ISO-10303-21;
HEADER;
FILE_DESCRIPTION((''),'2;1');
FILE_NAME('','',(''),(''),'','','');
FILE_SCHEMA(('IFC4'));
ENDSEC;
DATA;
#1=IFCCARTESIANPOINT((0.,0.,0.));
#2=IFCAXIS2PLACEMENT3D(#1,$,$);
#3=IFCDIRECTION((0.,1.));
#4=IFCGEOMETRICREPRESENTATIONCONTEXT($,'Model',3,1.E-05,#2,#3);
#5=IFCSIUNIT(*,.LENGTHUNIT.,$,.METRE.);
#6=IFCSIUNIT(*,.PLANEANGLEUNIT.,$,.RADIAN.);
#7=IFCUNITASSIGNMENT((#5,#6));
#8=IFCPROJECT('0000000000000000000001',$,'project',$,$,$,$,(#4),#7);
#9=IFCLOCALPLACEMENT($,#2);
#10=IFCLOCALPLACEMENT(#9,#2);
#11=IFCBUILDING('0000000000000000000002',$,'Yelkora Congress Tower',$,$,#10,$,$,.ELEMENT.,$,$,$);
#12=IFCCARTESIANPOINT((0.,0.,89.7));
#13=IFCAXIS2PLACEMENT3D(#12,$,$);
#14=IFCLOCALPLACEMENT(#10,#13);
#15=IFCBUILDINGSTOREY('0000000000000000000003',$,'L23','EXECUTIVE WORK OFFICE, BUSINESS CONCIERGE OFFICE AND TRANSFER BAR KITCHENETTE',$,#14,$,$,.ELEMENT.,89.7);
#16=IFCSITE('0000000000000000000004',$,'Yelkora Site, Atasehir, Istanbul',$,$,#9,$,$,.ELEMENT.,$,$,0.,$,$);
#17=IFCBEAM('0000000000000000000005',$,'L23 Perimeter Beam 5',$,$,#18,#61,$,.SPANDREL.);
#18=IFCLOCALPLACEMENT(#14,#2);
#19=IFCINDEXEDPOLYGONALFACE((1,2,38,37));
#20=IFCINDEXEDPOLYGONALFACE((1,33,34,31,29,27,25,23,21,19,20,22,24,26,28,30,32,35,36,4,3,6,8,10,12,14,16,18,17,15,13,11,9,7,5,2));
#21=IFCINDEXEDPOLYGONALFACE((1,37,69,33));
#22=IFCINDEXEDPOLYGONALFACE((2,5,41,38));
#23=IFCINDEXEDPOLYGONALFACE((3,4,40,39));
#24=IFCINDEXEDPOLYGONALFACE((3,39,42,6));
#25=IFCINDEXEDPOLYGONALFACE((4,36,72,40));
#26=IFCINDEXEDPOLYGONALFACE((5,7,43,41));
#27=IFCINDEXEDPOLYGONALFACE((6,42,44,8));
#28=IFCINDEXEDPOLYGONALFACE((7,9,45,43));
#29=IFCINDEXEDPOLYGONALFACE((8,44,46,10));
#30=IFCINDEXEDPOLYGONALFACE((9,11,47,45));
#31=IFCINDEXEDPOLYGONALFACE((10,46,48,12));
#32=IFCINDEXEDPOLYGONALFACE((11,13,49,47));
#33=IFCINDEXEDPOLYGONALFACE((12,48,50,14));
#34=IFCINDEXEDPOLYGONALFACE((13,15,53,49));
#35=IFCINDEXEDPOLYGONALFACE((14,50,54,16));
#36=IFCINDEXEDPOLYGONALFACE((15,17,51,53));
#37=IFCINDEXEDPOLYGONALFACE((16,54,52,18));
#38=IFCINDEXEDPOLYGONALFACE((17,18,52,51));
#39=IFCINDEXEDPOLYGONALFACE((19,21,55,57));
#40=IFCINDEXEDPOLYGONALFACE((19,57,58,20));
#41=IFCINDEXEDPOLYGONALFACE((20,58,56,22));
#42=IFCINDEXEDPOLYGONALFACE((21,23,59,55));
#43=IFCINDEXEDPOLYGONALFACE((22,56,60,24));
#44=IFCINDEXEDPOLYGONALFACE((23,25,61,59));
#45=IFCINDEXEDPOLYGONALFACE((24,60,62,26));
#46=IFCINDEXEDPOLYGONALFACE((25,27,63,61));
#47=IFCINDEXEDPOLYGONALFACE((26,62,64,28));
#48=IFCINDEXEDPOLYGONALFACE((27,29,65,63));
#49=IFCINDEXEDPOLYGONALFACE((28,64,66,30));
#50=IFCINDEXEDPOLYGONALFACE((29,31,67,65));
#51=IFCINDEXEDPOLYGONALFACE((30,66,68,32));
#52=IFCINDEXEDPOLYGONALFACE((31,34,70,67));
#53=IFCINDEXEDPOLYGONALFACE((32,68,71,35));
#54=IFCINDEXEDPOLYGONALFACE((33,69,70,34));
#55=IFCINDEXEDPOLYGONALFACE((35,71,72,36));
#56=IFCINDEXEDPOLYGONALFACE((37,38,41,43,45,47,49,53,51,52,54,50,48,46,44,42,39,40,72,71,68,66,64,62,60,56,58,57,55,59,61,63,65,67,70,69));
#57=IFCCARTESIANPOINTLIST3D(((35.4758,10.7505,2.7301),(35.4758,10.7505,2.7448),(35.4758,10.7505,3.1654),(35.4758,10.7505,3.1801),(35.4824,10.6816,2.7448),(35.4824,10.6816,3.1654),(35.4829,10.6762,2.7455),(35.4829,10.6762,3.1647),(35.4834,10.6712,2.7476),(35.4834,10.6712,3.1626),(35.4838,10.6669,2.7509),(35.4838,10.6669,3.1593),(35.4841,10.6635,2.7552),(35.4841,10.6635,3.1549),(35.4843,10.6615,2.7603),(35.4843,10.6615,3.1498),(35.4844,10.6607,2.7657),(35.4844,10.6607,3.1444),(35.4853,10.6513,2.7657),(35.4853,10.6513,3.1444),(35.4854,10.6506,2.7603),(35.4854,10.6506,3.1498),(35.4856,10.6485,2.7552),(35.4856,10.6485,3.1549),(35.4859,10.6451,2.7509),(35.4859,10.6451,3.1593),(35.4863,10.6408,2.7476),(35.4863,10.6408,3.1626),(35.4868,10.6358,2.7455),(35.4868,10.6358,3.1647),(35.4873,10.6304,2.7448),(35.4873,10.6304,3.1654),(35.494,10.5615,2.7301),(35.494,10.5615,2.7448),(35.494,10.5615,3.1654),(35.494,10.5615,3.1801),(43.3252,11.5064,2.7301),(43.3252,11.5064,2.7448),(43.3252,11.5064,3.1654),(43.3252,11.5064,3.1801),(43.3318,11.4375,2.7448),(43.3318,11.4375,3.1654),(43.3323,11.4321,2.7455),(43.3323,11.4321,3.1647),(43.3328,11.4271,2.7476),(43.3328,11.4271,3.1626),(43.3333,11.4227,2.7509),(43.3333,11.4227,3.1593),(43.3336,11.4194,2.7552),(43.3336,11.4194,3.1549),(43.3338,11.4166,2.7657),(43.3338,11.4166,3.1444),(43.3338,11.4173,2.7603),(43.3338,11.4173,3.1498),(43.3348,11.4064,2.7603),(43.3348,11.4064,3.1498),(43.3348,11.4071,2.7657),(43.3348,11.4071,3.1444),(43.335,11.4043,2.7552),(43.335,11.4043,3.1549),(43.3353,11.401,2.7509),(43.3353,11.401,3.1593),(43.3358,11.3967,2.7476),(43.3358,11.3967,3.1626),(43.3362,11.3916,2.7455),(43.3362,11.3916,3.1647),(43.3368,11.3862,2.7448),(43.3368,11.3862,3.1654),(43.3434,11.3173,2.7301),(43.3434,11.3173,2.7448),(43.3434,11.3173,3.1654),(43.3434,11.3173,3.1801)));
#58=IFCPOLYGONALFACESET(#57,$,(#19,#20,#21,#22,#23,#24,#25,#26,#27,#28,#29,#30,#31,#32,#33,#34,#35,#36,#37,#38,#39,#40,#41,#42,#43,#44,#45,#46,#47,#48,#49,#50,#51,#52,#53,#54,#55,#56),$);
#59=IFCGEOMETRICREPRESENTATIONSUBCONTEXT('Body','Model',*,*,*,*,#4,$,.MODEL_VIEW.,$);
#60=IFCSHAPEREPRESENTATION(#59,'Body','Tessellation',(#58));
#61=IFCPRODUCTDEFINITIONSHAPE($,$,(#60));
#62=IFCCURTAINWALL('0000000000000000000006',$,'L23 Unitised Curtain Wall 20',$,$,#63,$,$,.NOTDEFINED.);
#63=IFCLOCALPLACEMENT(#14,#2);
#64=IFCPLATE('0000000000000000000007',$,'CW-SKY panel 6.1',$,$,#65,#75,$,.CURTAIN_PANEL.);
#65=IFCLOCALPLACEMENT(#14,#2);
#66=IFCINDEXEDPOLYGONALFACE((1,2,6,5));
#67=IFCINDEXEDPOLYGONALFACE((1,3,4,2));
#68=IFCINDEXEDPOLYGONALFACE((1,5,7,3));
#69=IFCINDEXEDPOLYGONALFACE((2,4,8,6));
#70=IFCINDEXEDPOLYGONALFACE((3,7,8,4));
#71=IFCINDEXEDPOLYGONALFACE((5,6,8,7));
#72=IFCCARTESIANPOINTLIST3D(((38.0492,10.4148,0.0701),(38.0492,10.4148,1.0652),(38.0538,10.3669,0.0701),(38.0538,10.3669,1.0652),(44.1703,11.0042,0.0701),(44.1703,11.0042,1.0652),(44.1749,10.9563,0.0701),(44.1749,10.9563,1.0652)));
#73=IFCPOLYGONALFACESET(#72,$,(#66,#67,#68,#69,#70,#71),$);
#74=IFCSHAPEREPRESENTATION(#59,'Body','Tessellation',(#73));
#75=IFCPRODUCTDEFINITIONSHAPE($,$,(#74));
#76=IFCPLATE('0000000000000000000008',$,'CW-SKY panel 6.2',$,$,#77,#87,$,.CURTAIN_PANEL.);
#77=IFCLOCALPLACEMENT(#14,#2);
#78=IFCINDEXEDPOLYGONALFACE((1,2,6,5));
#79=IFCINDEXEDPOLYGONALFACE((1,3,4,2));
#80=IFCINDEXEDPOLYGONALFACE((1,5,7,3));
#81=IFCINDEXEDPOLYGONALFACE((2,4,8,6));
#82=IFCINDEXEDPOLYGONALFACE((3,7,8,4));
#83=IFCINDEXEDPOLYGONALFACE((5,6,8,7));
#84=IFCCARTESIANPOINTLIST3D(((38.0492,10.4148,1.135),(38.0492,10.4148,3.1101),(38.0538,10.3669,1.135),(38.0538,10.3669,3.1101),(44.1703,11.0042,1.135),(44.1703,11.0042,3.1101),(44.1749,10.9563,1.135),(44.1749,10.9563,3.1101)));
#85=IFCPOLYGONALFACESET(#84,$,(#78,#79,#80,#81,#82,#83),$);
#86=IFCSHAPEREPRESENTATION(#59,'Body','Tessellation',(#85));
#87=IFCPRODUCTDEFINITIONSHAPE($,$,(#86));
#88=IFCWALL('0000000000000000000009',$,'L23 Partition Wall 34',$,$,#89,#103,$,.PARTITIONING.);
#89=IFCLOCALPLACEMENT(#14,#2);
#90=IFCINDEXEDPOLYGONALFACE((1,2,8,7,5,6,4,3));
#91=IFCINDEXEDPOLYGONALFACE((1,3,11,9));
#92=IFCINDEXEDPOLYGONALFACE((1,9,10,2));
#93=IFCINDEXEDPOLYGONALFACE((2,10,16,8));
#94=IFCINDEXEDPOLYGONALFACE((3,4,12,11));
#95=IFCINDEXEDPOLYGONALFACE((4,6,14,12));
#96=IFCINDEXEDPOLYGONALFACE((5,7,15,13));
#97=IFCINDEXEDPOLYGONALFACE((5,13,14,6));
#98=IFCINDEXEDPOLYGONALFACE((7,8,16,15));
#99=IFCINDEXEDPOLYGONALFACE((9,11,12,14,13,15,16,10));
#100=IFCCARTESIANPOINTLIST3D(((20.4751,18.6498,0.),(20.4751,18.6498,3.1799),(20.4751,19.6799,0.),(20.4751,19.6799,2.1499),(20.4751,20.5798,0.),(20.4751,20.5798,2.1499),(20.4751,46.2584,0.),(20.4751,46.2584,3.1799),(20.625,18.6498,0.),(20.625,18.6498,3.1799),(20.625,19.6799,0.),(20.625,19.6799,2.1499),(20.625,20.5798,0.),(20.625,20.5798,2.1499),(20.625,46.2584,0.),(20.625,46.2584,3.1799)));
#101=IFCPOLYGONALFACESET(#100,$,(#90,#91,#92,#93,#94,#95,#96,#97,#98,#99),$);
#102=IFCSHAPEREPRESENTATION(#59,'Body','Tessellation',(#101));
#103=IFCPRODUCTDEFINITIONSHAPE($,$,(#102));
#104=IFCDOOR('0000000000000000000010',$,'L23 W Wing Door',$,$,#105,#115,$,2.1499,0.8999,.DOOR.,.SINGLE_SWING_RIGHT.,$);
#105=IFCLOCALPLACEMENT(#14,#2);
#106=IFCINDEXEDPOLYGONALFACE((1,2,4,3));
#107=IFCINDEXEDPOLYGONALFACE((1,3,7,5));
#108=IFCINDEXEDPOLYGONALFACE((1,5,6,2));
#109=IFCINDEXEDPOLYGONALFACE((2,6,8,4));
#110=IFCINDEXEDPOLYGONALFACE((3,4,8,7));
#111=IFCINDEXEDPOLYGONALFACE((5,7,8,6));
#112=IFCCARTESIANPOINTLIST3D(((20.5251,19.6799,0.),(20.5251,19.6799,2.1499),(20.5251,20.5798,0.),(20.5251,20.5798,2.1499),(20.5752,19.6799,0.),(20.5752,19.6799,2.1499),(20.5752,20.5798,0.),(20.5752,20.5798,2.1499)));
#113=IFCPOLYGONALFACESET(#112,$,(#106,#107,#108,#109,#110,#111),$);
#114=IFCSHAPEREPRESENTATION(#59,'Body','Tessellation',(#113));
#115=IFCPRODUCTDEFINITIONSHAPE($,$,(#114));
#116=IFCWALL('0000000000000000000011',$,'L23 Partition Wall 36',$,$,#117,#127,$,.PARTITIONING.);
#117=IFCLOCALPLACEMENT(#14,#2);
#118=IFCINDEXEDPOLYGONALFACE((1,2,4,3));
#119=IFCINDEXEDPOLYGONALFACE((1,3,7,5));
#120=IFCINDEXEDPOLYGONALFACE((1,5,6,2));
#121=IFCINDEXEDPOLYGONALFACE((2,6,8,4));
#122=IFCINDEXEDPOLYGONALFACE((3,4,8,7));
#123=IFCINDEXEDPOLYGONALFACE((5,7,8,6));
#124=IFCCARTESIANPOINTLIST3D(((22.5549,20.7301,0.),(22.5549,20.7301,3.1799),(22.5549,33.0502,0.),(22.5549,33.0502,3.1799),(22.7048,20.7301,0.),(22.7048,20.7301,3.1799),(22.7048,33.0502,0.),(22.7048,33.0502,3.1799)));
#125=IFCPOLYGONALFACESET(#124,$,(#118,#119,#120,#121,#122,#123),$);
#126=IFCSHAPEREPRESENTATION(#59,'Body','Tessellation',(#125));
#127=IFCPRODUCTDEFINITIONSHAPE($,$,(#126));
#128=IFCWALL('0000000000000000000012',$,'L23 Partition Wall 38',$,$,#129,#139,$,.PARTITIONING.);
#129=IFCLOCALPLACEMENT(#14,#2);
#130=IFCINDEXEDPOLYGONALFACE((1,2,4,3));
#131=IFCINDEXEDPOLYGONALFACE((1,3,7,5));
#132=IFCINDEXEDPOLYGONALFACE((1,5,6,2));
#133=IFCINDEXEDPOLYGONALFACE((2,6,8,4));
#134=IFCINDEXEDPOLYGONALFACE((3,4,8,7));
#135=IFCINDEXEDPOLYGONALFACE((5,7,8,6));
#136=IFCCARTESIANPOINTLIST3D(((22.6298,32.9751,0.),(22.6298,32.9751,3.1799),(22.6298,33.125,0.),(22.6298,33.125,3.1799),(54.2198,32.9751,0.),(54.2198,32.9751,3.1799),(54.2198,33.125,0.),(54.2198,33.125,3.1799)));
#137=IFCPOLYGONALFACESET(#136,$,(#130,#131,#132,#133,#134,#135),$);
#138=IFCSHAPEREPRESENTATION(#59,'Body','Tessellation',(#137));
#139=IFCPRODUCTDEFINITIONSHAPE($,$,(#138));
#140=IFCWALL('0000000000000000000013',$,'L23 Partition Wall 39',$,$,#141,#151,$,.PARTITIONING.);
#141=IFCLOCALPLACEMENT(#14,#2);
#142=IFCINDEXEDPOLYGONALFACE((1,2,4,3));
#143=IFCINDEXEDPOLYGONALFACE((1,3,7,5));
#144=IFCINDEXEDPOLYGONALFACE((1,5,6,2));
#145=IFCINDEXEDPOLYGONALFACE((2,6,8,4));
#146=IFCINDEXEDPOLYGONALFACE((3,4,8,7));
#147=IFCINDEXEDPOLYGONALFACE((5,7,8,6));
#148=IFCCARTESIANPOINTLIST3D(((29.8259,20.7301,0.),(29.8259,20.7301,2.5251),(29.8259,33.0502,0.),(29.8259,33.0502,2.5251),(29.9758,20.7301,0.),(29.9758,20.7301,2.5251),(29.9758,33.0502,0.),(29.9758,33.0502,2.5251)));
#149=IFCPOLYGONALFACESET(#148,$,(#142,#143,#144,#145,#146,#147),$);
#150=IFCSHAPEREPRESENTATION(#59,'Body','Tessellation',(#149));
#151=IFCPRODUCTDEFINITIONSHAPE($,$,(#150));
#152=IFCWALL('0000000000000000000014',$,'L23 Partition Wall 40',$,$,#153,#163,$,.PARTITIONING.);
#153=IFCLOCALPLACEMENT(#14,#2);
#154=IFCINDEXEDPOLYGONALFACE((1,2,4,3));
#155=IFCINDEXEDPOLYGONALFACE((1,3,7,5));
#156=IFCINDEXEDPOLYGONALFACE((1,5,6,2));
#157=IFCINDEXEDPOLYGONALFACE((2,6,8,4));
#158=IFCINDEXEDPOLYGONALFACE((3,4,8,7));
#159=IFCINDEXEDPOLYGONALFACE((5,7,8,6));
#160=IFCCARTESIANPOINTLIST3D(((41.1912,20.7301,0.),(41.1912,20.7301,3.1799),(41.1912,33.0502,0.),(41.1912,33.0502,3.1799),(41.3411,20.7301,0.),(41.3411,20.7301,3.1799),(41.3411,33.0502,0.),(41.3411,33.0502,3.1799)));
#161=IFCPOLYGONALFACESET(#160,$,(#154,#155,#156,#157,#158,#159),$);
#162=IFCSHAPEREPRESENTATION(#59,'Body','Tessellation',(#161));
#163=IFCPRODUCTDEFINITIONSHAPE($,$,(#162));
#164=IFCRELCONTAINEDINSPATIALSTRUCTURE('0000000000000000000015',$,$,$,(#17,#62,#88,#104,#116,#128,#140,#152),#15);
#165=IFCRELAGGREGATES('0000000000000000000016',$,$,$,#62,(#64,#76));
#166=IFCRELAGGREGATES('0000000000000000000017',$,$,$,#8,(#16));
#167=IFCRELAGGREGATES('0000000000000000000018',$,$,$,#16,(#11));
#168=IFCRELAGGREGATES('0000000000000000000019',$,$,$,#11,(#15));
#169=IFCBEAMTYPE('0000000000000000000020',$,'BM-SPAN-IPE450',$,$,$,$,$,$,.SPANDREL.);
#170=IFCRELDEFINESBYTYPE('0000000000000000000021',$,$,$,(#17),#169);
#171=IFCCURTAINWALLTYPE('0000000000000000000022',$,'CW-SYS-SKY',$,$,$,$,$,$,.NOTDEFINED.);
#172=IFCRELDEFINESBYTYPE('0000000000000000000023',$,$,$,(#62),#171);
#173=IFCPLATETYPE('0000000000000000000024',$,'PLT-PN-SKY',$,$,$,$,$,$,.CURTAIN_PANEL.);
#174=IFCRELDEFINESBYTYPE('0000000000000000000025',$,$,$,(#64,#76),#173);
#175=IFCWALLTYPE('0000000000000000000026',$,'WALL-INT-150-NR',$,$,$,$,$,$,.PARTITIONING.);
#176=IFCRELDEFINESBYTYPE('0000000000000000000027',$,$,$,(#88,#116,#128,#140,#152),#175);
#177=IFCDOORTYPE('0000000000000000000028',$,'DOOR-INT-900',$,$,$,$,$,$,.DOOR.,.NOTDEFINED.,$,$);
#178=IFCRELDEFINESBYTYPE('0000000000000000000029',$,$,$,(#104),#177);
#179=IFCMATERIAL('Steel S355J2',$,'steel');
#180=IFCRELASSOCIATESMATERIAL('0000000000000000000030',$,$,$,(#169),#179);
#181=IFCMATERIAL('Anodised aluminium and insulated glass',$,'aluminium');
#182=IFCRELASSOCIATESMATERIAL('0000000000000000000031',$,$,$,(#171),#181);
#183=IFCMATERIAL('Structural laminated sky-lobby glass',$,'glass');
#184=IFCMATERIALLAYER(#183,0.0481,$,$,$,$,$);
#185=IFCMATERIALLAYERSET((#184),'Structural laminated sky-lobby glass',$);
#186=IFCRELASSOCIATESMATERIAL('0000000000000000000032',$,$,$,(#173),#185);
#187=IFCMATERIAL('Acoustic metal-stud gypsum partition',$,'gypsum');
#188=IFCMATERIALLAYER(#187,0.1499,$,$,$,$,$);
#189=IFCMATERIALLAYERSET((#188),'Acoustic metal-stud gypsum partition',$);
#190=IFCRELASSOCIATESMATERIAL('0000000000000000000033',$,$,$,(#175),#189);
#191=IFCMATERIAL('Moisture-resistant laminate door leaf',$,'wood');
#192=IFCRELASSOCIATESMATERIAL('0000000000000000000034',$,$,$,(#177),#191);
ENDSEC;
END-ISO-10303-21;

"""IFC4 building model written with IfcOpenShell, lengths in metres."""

from ifc_helpers import new_model, si_unit, direction, frame, frame_2d, origin, origin_2d, place, context, subcontext, project, spatial, rectangle, i_section, extrude, material, layer, layer_set, material_profile, profile_set, type_object, element, fill, aggregate, save


model = new_model("IFC4")

# Units and contexts
model_context = context("Model", 3, precision=1e-05, world=origin(), true_north=direction((0.0, 1.0)))
body_context = subcontext(model_context, "Body", "Model", "MODEL_VIEW")
ifc_project = project(units=[si_unit("LENGTHUNIT", "METRE"), si_unit("PLANEANGLEUNIT", "RADIAN")], contexts=[model_context])

# Site, building, storey
site_placement = place(None, origin())
site = spatial("IfcSite", under=ifc_project, at=site_placement, Name="Yelkora Site, Atasehir, Istanbul", CompositionType="ELEMENT", RefElevation=0.0)
building_placement = place(site_placement, origin())
building = spatial("IfcBuilding", under=site, at=building_placement, Name="Yelkora Congress Tower", CompositionType="ELEMENT")
storey_placement = place(building_placement, frame((0.0, 0.0, 89.7)))
storey = spatial("IfcBuildingStorey", under=building, at=storey_placement, Name="L23", Description="EXECUTIVE WORK OFFICE, BUSINESS CONCIERGE OFFICE AND TRANSFER BAR KITCHENETTE", CompositionType="ELEMENT", Elevation=89.7)

# Beam
ifc_material_1 = material(Name="Steel S355J2", Category="steel")
ifc_material_profile_1 = material_profile(ifc_material_1, i_section(OverallWidth=0.1899, OverallDepth=0.45, WebThickness=0.0095, FlangeThickness=0.0146, FilletRadius=0.021, at=origin_2d()), Name="IPE 450")
ifc_profile_set_1 = profile_set([ifc_material_profile_1], Name="Steel S355J2")
beam_type_1 = type_object("IfcBeamType", Name="BM-SPAN-IPE450", PredefinedType="SPANDREL", material=ifc_profile_set_1)
beam_1_placement = place(storey_placement, frame((35.4849, 10.656, 2.9551), z_axis=(0.995396, 0.095852, 0.0), x_axis=(-0.095852, 0.995396, 0.0)))
element("IfcBeam", 1, at=beam_1_placement, inside=storey, type_object=beam_type_1, Name="L23 Perimeter Beam 5", PredefinedType="SPANDREL", context=body_context, shape_type="SweptSolid", body=[
    extrude(i_section(OverallWidth=0.1899, OverallDepth=0.45, WebThickness=0.0095, FlangeThickness=0.0146, FilletRadius=0.021, at=origin_2d()), origin(), (0.0, 0.0, 1.0), 7.8857),
])

# Curtain wall, plates
ifc_material_2 = material(Name="Anodised aluminium and insulated glass", Category="aluminium")
curtain_wall_type = type_object("IfcCurtainWallType", Name="CW-SYS-SKY", PredefinedType="NOTDEFINED", material=ifc_material_2)
curtain_wall_placement = place(storey_placement, origin())
curtain_wall = element("IfcCurtainWall", 2, at=curtain_wall_placement, inside=storey, type_object=curtain_wall_type, Name="L23 Unitised Curtain Wall 20", PredefinedType="NOTDEFINED")
ifc_material_3 = material(Name="Structural laminated sky-lobby glass", Category="glass")
ifc_layer_1 = layer(ifc_material_3, 0.0481)
ifc_layer_set_1 = layer_set([ifc_layer_1], Name="Structural laminated sky-lobby glass")
plate_type = type_object("IfcPlateType", Name="PLT-PN-SKY", PredefinedType="CURTAIN_PANEL", material=ifc_layer_set_1)
plate_1_placement = place(storey_placement, frame((41.1121, 10.6855, 0.0701), z_axis=(0.0, 0.0, 1.0), x_axis=(-0.995396, -0.095844, 0.0)))
plate_1 = element("IfcPlate", 3, at=plate_1_placement, type_object=plate_type, Name="CW-SKY panel 6.1", PredefinedType="CURTAIN_PANEL", context=body_context, shape_type="SweptSolid", body=[
    extrude(rectangle(XDim=6.1494, YDim=0.0481, at=origin_2d()), origin(), (0.0, 0.0, 1.0), 0.9951),
])
plate_2_placement = place(storey_placement, frame((41.1121, 10.6855, 1.135), z_axis=(0.0, 0.0, 1.0), x_axis=(-0.995396, -0.095844, 0.0)))
plate_2 = element("IfcPlate", 4, at=plate_2_placement, type_object=plate_type, Name="CW-SKY panel 6.2", PredefinedType="CURTAIN_PANEL", context=body_context, shape_type="SweptSolid", body=[
    extrude(rectangle(XDim=6.1494, YDim=0.0481, at=origin_2d()), origin(), (0.0, 0.0, 1.0), 1.9751),
])
aggregate(curtain_wall, [plate_1, plate_2])

# Wall, opening, door
ifc_material_4 = material(Name="Acoustic metal-stud gypsum partition", Category="gypsum")
ifc_layer_2 = layer(ifc_material_4, 0.1499)
ifc_layer_set_2 = layer_set([ifc_layer_2], Name="Acoustic metal-stud gypsum partition")
wall_type = type_object("IfcWallType", Name="WALL-INT-150-NR", PredefinedType="PARTITIONING", material=ifc_layer_set_2)
wall_1_placement = place(storey_placement, frame((20.55, 18.6499, 0.0), z_axis=(0.0, 0.0, 1.0), x_axis=(0.0, 1.0, 0.0)))
wall_1 = element("IfcWall", 5, at=wall_1_placement, inside=storey, type_object=wall_type, Name="L23 Partition Wall 34", PredefinedType="PARTITIONING", context=body_context, shape_type="SweptSolid", body=[
    extrude(rectangle(XDim=27.6086, YDim=0.1499, at=frame_2d((13.8042, 0.0))), origin(), (0.0, 0.0, 1.0), 3.1799),
])
opening_1_placement = place(wall_1_placement, frame((1.03, 0.0, 0.0)))
opening_1 = element("IfcOpeningElement", 6, at=opening_1_placement, cuts=wall_1, PredefinedType="OPENING", context=body_context, shape_type="SweptSolid", body=[
    extrude(rectangle(XDim=0.8999, YDim=2.1499, at=frame_2d((0.45, 1.075))), frame((0.0, 0.085, 0.0), z_axis=(0.0, -1.0, 0.0), x_axis=(1.0, 0.0, 0.0)), (0.0, 0.0, 1.0), 0.1699),
])
ifc_material_5 = material(Name="Moisture-resistant laminate door leaf", Category="wood")
door_type = type_object("IfcDoorType", Name="DOOR-INT-900", OperationType="NOTDEFINED", PredefinedType="DOOR", material=ifc_material_5)
door_1_placement = place(opening_1_placement, origin())
door_1 = element("IfcDoor", 7, at=door_1_placement, inside=storey, type_object=door_type, Name="L23 W Wing Door", OperationType="SINGLE_SWING_RIGHT", OverallHeight=2.1499, OverallWidth=0.8999, PredefinedType="DOOR", context=body_context, shape_type="SweptSolid", body=[
    extrude(rectangle(XDim=0.8999, YDim=2.1499, at=frame_2d((0.45, 1.075))), frame((0.0, 0.0249, 0.0), z_axis=(0.0, -1.0, 0.0), x_axis=(1.0, 0.0, 0.0)), (0.0, 0.0, 1.0), 0.05),
])
fill(opening_1, door_1)

# Walls
wall_2_placement = place(storey_placement, frame((22.6299, 20.73, 0.0), z_axis=(0.0, 0.0, 1.0), x_axis=(0.0, 1.0, 0.0)))
element("IfcWall", 8, at=wall_2_placement, inside=storey, type_object=wall_type, Name="L23 Partition Wall 36", PredefinedType="PARTITIONING", context=body_context, shape_type="SweptSolid", body=[
    extrude(rectangle(XDim=12.3201, YDim=0.1499, at=frame_2d((6.1602, 0.0))), origin(), (0.0, 0.0, 1.0), 3.1799),
])
wall_3_placement = place(storey_placement, frame((22.6299, 33.05, 0.0), z_axis=(0.0, 0.0, 1.0), x_axis=(1.0, 0.0, 0.0)))
element("IfcWall", 9, at=wall_3_placement, inside=storey, type_object=wall_type, Name="L23 Partition Wall 38", PredefinedType="PARTITIONING", context=body_context, shape_type="SweptSolid", body=[
    extrude(rectangle(XDim=31.5901, YDim=0.1499, at=frame_2d((15.7949, 0.0))), origin(), (0.0, 0.0, 1.0), 3.1799),
])
wall_4_placement = place(storey_placement, frame((29.9009, 20.73, 0.0), z_axis=(0.0, 0.0, 1.0), x_axis=(0.0, 1.0, 0.0)))
element("IfcWall", 10, at=wall_4_placement, inside=storey, type_object=wall_type, Name="L23 Partition Wall 39", PredefinedType="PARTITIONING", context=body_context, shape_type="SweptSolid", body=[
    extrude(rectangle(XDim=12.3201, YDim=0.1499, at=frame_2d((6.1602, 0.0))), origin(), (0.0, 0.0, 1.0), 2.5251),
])
wall_5_placement = place(storey_placement, frame((41.2661, 20.73, 0.0), z_axis=(0.0, 0.0, 1.0), x_axis=(0.0, 1.0, 0.0)))
element("IfcWall", 11, at=wall_5_placement, inside=storey, type_object=wall_type, Name="L23 Partition Wall 40", PredefinedType="PARTITIONING", context=body_context, shape_type="SweptSolid", body=[
    extrude(rectangle(XDim=12.3201, YDim=0.1499, at=frame_2d((6.1602, 0.0))), origin(), (0.0, 0.0, 1.0), 3.1799),
])

save(model, "model.ifc")
